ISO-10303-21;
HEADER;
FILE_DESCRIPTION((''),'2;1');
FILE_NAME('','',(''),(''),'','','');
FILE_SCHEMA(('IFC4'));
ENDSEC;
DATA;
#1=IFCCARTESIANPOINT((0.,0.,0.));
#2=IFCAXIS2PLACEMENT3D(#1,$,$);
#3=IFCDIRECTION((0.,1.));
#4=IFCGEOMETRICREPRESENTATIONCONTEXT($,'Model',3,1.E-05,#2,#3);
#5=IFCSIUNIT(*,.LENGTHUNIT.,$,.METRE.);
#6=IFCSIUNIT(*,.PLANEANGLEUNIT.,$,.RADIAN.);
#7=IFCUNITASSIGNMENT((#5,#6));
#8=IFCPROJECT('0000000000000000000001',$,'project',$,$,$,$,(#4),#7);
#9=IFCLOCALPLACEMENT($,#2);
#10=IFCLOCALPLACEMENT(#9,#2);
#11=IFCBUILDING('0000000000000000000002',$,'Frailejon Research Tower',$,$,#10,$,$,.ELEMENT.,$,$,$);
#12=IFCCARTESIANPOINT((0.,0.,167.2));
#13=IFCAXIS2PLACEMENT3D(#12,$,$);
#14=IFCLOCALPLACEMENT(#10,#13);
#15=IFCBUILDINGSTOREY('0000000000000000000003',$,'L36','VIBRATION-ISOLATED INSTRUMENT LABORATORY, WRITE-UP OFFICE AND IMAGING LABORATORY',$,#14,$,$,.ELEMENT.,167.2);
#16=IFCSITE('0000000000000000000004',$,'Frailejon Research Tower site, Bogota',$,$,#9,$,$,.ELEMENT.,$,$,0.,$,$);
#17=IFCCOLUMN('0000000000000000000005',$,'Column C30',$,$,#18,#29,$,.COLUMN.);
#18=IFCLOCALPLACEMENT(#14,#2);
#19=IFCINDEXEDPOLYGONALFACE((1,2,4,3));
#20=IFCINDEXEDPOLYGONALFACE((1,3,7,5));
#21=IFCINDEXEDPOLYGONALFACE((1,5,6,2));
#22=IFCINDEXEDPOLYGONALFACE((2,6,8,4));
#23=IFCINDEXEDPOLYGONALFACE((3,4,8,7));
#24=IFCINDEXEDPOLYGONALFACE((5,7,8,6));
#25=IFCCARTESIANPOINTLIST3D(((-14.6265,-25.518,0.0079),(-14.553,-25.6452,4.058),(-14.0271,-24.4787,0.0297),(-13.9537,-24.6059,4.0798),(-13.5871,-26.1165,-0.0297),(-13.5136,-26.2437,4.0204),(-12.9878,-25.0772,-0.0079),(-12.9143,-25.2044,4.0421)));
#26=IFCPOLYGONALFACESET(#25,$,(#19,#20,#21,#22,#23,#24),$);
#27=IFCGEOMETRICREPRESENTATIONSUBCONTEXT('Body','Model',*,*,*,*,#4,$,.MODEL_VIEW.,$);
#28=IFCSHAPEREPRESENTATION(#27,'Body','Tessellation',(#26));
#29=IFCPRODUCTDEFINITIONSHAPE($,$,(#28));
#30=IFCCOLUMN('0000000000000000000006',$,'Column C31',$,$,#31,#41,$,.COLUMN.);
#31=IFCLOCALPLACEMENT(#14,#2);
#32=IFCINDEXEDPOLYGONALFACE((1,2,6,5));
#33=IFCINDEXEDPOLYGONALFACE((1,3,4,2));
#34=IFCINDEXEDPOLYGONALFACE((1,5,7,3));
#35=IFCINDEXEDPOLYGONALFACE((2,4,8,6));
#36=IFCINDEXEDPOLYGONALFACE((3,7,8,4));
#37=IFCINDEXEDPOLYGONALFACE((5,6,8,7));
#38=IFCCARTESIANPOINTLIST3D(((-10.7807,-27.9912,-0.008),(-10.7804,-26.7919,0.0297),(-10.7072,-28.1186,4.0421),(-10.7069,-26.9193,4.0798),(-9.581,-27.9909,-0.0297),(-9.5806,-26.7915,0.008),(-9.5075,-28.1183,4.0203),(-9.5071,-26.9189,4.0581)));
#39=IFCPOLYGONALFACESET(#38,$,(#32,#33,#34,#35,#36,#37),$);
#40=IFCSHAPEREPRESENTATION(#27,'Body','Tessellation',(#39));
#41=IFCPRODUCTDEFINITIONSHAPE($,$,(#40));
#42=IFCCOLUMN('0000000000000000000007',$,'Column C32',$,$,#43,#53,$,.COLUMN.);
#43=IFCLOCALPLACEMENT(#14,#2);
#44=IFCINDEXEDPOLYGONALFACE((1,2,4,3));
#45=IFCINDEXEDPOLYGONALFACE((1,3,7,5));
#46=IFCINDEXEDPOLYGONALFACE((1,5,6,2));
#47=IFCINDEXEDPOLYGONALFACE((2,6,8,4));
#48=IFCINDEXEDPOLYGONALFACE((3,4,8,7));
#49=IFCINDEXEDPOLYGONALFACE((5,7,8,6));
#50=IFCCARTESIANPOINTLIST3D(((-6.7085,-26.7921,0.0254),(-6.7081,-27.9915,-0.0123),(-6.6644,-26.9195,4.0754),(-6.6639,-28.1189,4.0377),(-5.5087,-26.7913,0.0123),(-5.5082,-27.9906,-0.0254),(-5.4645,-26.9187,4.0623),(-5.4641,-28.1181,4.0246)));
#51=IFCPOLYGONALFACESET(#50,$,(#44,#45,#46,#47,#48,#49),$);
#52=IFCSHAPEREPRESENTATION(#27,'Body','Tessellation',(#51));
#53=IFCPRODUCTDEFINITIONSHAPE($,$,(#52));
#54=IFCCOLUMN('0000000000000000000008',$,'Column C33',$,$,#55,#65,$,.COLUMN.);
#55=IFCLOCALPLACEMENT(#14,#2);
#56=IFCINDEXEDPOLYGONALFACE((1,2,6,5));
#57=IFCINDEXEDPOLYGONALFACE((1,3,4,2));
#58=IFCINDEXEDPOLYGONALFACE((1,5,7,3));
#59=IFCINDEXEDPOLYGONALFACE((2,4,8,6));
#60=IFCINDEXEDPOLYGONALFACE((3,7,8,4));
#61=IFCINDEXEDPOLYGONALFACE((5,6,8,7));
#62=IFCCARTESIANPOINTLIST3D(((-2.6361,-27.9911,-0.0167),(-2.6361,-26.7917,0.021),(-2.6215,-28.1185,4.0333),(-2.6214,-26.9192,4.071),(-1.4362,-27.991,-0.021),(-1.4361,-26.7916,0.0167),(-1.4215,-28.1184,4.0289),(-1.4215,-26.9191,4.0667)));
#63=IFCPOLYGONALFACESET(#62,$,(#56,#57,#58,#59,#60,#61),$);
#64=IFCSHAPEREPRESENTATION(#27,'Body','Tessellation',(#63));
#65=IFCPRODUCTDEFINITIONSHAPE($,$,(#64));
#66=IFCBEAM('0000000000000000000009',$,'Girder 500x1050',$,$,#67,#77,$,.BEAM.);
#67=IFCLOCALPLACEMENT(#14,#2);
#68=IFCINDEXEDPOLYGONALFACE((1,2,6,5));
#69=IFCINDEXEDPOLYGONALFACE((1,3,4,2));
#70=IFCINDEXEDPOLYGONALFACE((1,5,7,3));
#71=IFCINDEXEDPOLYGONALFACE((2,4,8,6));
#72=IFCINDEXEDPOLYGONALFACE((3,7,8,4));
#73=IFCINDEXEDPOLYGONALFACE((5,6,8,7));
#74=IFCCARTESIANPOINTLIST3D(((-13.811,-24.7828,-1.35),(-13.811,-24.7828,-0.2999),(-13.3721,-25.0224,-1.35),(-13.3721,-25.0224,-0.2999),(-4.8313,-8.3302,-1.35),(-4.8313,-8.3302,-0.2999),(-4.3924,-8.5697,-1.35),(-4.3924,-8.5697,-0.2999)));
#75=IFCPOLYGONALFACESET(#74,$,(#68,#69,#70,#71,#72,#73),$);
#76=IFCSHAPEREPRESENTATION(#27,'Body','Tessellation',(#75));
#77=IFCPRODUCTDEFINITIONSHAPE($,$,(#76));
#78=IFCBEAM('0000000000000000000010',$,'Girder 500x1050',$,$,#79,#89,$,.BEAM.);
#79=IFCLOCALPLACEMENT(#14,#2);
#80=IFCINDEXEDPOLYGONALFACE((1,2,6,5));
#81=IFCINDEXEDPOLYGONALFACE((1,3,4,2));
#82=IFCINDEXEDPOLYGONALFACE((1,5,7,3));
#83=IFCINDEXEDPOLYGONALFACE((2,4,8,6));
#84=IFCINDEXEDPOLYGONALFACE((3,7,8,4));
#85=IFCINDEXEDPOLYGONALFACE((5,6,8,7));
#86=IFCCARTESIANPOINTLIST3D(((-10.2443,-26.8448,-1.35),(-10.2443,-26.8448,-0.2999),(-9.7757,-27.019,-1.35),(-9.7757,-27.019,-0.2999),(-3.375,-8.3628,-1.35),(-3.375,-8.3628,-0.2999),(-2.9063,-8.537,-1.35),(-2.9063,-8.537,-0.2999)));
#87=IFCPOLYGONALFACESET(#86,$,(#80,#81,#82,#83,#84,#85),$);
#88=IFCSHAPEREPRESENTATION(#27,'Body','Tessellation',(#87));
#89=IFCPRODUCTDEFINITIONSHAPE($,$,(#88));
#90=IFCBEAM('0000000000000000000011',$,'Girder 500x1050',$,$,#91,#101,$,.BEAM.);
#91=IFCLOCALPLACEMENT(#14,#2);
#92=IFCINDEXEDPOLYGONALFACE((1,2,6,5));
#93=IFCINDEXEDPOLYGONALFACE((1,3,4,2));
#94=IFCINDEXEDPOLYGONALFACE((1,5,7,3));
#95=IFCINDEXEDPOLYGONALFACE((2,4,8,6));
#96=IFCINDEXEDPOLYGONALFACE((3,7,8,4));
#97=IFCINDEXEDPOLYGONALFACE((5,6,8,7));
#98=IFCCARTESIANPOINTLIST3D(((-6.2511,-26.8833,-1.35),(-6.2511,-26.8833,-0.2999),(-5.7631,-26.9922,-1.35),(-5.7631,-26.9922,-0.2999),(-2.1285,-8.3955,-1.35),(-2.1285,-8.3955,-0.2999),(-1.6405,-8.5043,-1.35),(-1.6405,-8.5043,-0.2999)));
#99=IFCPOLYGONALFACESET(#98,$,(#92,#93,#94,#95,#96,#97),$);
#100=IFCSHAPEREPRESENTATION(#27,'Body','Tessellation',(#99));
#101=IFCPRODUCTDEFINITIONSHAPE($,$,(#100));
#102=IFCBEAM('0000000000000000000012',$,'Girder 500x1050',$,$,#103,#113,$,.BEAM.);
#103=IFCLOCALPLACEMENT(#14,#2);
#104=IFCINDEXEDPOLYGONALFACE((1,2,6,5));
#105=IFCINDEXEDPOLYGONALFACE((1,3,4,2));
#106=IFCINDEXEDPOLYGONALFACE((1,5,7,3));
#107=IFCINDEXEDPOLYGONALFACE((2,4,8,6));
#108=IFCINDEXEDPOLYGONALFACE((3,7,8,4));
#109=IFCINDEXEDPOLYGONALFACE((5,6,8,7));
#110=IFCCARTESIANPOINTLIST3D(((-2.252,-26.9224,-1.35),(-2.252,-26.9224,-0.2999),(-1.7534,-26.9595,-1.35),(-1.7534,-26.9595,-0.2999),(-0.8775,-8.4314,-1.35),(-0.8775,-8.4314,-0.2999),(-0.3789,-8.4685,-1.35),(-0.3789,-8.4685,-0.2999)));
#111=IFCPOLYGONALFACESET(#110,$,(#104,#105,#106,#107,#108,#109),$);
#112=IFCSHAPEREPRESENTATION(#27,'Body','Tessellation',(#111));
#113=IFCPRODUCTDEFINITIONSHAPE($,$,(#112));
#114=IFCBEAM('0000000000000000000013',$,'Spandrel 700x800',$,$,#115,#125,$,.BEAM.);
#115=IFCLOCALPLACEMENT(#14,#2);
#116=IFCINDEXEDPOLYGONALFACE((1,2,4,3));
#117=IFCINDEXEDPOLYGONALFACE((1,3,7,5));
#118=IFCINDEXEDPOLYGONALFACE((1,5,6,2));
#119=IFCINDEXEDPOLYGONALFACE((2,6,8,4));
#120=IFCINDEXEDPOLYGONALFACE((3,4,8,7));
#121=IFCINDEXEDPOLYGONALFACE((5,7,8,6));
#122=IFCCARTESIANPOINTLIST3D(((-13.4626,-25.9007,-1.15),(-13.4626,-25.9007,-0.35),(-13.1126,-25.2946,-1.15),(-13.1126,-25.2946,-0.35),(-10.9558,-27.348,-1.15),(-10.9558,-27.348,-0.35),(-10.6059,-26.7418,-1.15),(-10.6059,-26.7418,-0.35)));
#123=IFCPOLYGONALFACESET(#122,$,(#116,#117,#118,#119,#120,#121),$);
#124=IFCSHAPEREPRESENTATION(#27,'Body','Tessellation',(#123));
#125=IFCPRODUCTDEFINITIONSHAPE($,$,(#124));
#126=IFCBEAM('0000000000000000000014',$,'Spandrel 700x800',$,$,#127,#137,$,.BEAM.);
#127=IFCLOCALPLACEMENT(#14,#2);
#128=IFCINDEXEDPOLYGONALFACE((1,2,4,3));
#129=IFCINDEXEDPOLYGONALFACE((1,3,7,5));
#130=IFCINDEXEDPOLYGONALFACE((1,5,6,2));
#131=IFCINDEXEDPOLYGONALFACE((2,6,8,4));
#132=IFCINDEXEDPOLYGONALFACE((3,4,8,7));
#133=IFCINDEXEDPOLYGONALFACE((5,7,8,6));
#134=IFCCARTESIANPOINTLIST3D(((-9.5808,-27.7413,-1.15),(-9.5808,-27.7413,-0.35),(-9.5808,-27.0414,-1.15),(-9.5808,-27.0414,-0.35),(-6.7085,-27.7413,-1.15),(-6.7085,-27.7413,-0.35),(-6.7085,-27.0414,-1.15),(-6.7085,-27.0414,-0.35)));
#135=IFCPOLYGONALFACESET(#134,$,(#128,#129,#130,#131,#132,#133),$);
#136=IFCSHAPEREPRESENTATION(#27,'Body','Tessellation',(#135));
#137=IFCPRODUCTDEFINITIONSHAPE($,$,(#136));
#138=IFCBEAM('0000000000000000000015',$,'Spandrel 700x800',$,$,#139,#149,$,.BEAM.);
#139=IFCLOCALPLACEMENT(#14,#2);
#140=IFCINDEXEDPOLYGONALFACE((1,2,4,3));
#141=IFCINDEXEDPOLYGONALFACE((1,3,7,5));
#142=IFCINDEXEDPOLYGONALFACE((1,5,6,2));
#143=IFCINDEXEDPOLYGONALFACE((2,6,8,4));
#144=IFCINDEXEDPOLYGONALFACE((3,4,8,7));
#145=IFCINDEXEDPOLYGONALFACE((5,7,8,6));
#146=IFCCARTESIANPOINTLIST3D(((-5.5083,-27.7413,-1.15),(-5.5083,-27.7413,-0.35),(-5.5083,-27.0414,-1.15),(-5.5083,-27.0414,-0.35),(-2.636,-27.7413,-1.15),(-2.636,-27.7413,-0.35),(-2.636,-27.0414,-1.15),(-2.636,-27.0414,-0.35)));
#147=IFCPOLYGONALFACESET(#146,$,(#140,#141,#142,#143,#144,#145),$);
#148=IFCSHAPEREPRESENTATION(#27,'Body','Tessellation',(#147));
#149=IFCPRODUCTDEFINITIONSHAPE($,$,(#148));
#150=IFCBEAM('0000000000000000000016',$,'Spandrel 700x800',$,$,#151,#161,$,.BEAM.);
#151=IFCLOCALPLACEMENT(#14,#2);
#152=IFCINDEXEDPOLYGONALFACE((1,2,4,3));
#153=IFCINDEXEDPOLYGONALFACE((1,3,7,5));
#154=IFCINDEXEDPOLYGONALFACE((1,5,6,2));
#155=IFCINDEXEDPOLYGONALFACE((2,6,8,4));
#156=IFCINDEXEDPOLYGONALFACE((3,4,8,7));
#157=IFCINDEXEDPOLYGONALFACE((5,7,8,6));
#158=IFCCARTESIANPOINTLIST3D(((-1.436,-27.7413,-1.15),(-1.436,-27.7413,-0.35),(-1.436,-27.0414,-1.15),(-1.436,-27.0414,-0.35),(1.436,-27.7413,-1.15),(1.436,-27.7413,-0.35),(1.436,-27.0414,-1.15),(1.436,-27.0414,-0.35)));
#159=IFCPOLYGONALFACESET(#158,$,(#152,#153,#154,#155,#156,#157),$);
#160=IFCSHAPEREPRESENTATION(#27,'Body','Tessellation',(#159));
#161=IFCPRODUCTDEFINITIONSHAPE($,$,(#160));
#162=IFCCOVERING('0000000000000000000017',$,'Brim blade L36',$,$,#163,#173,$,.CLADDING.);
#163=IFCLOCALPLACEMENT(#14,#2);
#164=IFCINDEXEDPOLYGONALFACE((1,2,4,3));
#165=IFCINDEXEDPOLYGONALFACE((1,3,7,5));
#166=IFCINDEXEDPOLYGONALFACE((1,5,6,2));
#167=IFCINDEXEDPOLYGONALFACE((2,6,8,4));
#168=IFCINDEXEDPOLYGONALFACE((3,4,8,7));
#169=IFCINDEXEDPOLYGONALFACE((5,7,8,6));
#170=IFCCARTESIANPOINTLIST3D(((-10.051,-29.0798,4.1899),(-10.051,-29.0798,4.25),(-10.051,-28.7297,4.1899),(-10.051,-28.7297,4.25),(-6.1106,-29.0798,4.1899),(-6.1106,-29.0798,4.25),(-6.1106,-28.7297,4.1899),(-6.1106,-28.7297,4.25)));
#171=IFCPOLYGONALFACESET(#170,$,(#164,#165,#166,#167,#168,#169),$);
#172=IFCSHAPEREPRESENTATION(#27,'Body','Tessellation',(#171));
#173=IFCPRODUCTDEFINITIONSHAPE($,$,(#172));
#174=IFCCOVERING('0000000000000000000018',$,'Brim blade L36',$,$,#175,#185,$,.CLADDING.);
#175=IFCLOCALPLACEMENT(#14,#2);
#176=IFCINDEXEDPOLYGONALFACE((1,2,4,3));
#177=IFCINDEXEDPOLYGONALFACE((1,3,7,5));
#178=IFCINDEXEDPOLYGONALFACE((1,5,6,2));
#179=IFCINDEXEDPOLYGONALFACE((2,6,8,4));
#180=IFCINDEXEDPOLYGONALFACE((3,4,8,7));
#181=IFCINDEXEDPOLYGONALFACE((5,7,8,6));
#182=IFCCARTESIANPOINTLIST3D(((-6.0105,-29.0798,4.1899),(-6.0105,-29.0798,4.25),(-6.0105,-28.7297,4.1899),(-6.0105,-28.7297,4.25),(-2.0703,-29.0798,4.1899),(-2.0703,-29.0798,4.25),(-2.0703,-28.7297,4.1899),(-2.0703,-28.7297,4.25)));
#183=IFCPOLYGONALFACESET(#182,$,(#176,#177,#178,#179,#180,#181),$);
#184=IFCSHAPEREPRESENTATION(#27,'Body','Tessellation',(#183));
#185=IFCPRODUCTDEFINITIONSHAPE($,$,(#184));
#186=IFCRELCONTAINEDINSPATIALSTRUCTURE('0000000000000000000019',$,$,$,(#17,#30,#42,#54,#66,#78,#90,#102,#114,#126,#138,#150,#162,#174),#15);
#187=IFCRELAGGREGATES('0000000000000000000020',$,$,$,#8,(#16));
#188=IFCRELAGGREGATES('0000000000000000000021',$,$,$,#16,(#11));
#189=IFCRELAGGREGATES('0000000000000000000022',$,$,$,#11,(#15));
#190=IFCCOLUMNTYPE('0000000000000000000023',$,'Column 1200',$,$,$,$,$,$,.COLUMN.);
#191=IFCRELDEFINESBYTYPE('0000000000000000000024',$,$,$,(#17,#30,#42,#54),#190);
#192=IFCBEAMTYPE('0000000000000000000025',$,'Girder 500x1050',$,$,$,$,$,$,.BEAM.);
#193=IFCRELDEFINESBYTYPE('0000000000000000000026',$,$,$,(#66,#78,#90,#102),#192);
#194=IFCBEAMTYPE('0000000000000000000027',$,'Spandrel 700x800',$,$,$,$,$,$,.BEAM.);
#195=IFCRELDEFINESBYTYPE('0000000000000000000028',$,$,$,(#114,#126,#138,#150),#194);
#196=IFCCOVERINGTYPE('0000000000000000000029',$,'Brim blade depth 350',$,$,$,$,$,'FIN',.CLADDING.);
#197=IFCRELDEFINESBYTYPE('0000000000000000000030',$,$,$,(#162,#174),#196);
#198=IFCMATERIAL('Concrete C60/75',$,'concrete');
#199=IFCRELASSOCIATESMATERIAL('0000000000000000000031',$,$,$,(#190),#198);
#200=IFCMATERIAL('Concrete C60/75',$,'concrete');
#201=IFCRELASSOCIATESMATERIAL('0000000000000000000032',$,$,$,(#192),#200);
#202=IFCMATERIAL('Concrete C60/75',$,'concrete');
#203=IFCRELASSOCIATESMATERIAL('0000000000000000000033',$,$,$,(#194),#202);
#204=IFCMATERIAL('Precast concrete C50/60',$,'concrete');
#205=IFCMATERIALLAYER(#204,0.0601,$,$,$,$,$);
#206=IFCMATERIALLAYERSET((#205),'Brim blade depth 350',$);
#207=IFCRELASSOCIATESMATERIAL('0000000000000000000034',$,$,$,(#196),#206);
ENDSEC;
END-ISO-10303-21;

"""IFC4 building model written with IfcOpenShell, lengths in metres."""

from ifc_helpers import new_model, si_unit, direction, frame, origin, origin_2d, place, context, subcontext, project, spatial, polyline, rectangle, outline, extrude, material, layer, layer_set, material_profile, profile_set, type_object, element, save


model = new_model("IFC4")

# Units and contexts
model_context = context("Model", 3, precision=1e-05, world=origin(), true_north=direction((0.0, 1.0)))
body_context = subcontext(model_context, "Body", "Model", "MODEL_VIEW")
ifc_project = project(units=[si_unit("LENGTHUNIT", "METRE"), si_unit("PLANEANGLEUNIT", "RADIAN")], contexts=[model_context])

# Site, building, storey
site_placement = place(None, origin())
site = spatial("IfcSite", under=ifc_project, at=site_placement, Name="Frailejon Research Tower site, Bogota", CompositionType="ELEMENT", RefElevation=0.0)
building_placement = place(site_placement, origin())
building = spatial("IfcBuilding", under=site, at=building_placement, Name="Frailejon Research Tower", CompositionType="ELEMENT")
storey_placement = place(building_placement, frame((0.0, 0.0, 167.2)))
storey = spatial("IfcBuildingStorey", under=building, at=storey_placement, Name="L36", Description="VIBRATION-ISOLATED INSTRUMENT LABORATORY, WRITE-UP OFFICE AND IMAGING LABORATORY", CompositionType="ELEMENT", Elevation=167.2)

# Columns
ifc_material_1 = material(Name="Concrete C60/75", Category="concrete")
ifc_material_profile_1 = material_profile(ifc_material_1, rectangle(XDim=1.2, YDim=1.2, at=origin_2d()), Name="Column 1200")
ifc_profile_set_1 = profile_set([ifc_material_profile_1], Name="Concrete C60/75")
column_type = type_object("IfcColumnType", Name="Column 1200", PredefinedType="COLUMN", material=ifc_profile_set_1)
for number, where, z_axis, x_axis, name in (
    (1, (-13.8071, -25.2976, 0.0), (0.018133, -0.031386, 0.999343), (0.866156, -0.498787, -0.031381), "Column C30"),
    (2, (-10.1807, -27.3914, 0.0), (0.018133, -0.031446, 0.999341), (0.999836, 0.000286, -0.018133), "Column C31"),
):
    element("IfcColumn", number, at=place(storey_placement, frame(where, z_axis=z_axis, x_axis=x_axis)), inside=storey, type_object=column_type, Name=name, PredefinedType="COLUMN", context=body_context, shape_type="SweptSolid", body=[
        extrude(rectangle(XDim=1.2, YDim=1.2, at=origin_2d()), origin(), (0.0, 0.0, 1.0), 4.0527),
    ])
column_1_placement = place(storey_placement, frame((-6.1084, -27.3914, 0.0), z_axis=(0.010905, -0.031449, 0.999446), x_axis=(0.99994, 0.000694, -0.010888)))
element("IfcColumn", 3, at=column_1_placement, inside=storey, type_object=column_type, Name="Column C32", PredefinedType="COLUMN", context=body_context, shape_type="SweptSolid", body=[
    extrude(rectangle(XDim=1.2, YDim=1.2, at=origin_2d()), origin(), (0.0, 0.0, 1.0), 4.0522),
])
column_2_placement = place(storey_placement, frame((-2.0361, -27.3914, 0.0), z_axis=(0.003615, -0.031451, 0.999499), x_axis=(0.999993, 0.000089, -0.003614)))
element("IfcColumn", 4, at=column_2_placement, inside=storey, type_object=column_type, Name="Column C33", PredefinedType="COLUMN", context=body_context, shape_type="SweptSolid", body=[
    extrude(rectangle(XDim=1.2, YDim=1.2, at=origin_2d()), origin(), (0.0, 0.0, 1.0), 4.052),
])

# Beams
ifc_material_2 = material(Name="Concrete C60/75", Category="concrete")
ifc_material_profile_2 = material_profile(ifc_material_2, rectangle(XDim=0.5, YDim=1.05, at=origin_2d()), Name="Girder 500x1050")
ifc_profile_set_2 = profile_set([ifc_material_profile_2], Name="Concrete C60/75")
beam_type_1 = type_object("IfcBeamType", Name="Girder 500x1050", PredefinedType="BEAM", material=ifc_profile_set_2)
beam_1_placement = place(storey_placement, frame((-13.5916, -24.9026, -0.825), z_axis=(0.479081, 0.877771, 0.0), x_axis=(-0.877771, 0.479081, 0.0)))
element("IfcBeam", 5, at=beam_1_placement, inside=storey, type_object=beam_type_1, Name="Girder 500x1050", PredefinedType="BEAM", context=body_context, shape_type="SweptSolid", body=[
    extrude(rectangle(XDim=0.5, YDim=1.05, at=origin_2d()), origin(), (0.0, 0.0, 1.0), 18.7437),
])
beam_2_placement = place(storey_placement, frame((-10.01, -26.9319, -0.825), z_axis=(0.348395, 0.937348, 0.0), x_axis=(-0.937348, 0.348395, 0.0)))
element("IfcBeam", 6, at=beam_2_placement, inside=storey, type_object=beam_type_1, Name="Girder 500x1050", PredefinedType="BEAM", context=body_context, shape_type="SweptSolid", body=[
    extrude(rectangle(XDim=0.5, YDim=1.05, at=origin_2d()), origin(), (0.0, 0.0, 1.0), 19.7173),
])
beam_3_placement = place(storey_placement, frame((-6.0071, -26.9377, -0.825), z_axis=(0.217643, 0.976028, 0.0), x_axis=(-0.976028, 0.217643, 0.0)))
element("IfcBeam", 7, at=beam_3_placement, inside=storey, type_object=beam_type_1, Name="Girder 500x1050", PredefinedType="BEAM", context=body_context, shape_type="SweptSolid", body=[
    extrude(rectangle(XDim=0.5, YDim=1.05, at=origin_2d()), origin(), (0.0, 0.0, 1.0), 18.9419),
])
beam_4_placement = place(storey_placement, frame((-2.0027, -26.9409, -0.825), z_axis=(0.07413, 0.997249, 0.0), x_axis=(-0.997249, 0.07413, 0.0)))
element("IfcBeam", 8, at=beam_4_placement, inside=storey, type_object=beam_type_1, Name="Girder 500x1050", PredefinedType="BEAM", context=body_context, shape_type="SweptSolid", body=[
    extrude(rectangle(XDim=0.5, YDim=1.05, at=origin_2d()), origin(), (0.0, 0.0, 1.0), 18.542),
])
ifc_material_3 = material(Name="Concrete C60/75", Category="concrete")
ifc_material_profile_3 = material_profile(ifc_material_3, rectangle(XDim=0.7, YDim=0.8, at=origin_2d()), Name="Spandrel 700x800")
ifc_profile_set_3 = profile_set([ifc_material_profile_3], Name="Concrete C60/75")
beam_type_2 = type_object("IfcBeamType", Name="Spandrel 700x800", PredefinedType="BEAM", material=ifc_profile_set_3)
beam_5_placement = place(storey_placement, frame((-13.2876, -25.5977, -0.75), z_axis=(0.866034, -0.499985, 0.0), x_axis=(0.499985, 0.866034, 0.0)))
element("IfcBeam", 9, at=beam_5_placement, inside=storey, type_object=beam_type_2, Name="Spandrel 700x800", PredefinedType="BEAM", context=body_context, shape_type="SweptSolid", body=[
    extrude(rectangle(XDim=0.7, YDim=0.8, at=origin_2d()), origin(), (0.0, 0.0, 1.0), 2.8945),
])
for number, where, z_axis, x_axis, name in (
    (10, (-9.5808, -27.3914, -0.75), (1.0, 0.0, 0.0), (0.0, 1.0, 0.0), "Spandrel 700x800"),
    (11, (-5.5083, -27.3914, -0.75), (1.0, 0.0, 0.0), (0.0, 1.0, 0.0), "Spandrel 700x800"),
):
    element("IfcBeam", number, at=place(storey_placement, frame(where, z_axis=z_axis, x_axis=x_axis)), inside=storey, type_object=beam_type_2, Name=name, PredefinedType="BEAM", context=body_context, shape_type="SweptSolid", body=[
        extrude(rectangle(XDim=0.7, YDim=0.8, at=origin_2d()), origin(), (0.0, 0.0, 1.0), 2.8723),
    ])
beam_6_placement = place(storey_placement, frame((-1.436, -27.3914, -0.75), z_axis=(1.0, 0.0, 0.0), x_axis=(0.0, 1.0, 0.0)))
element("IfcBeam", 12, at=beam_6_placement, inside=storey, type_object=beam_type_2, Name="Spandrel 700x800", PredefinedType="BEAM", context=body_context, shape_type="SweptSolid", body=[
    extrude(rectangle(XDim=0.7, YDim=0.8, at=origin_2d()), origin(), (0.0, 0.0, 1.0), 2.8721),
])

# Coverings
ifc_material_4 = material(Name="Precast concrete C50/60", Category="concrete")
ifc_layer_1 = layer(ifc_material_4, 0.0601)
ifc_layer_set_1 = layer_set([ifc_layer_1], Name="Brim blade depth 350")
covering_type_1 = type_object("IfcCoveringType", Name="Brim blade depth 350", ElementType="FIN", PredefinedType="CLADDING", material=ifc_layer_set_1)
covering_1_placement = place(storey_placement, frame((-6.1106, -28.7297, 4.25), z_axis=(-1.0, 0.0, 0.0), x_axis=(0.0, -1.0, 0.0)))
element("IfcCovering", 13, at=covering_1_placement, inside=storey, type_object=covering_type_1, Name="Brim blade L36", PredefinedType="CLADDING", context=body_context, shape_type="SweptSolid", body=[
    extrude(outline(polyline([(0.0, -0.0601), (0.3501, -0.0601), (0.3501, 0.0), (0.0, 0.0), (0.0, -0.0601)])), origin(), (0.0, 0.0, 1.0), 3.9404),
])
covering_2_placement = place(storey_placement, frame((-2.0703, -28.7297, 4.25), z_axis=(-1.0, 0.0, 0.0), x_axis=(0.0, -1.0, 0.0)))
element("IfcCovering", 14, at=covering_2_placement, inside=storey, type_object=covering_type_1, Name="Brim blade L36", PredefinedType="CLADDING", context=body_context, shape_type="SweptSolid", body=[
    extrude(outline(polyline([(0.0, -0.0601), (0.3501, -0.0601), (0.3501, 0.0), (0.0, 0.0), (0.0, -0.0601)])), origin(), (0.0, 0.0, 1.0), 3.9402),
])

save(model, "model.ifc")
